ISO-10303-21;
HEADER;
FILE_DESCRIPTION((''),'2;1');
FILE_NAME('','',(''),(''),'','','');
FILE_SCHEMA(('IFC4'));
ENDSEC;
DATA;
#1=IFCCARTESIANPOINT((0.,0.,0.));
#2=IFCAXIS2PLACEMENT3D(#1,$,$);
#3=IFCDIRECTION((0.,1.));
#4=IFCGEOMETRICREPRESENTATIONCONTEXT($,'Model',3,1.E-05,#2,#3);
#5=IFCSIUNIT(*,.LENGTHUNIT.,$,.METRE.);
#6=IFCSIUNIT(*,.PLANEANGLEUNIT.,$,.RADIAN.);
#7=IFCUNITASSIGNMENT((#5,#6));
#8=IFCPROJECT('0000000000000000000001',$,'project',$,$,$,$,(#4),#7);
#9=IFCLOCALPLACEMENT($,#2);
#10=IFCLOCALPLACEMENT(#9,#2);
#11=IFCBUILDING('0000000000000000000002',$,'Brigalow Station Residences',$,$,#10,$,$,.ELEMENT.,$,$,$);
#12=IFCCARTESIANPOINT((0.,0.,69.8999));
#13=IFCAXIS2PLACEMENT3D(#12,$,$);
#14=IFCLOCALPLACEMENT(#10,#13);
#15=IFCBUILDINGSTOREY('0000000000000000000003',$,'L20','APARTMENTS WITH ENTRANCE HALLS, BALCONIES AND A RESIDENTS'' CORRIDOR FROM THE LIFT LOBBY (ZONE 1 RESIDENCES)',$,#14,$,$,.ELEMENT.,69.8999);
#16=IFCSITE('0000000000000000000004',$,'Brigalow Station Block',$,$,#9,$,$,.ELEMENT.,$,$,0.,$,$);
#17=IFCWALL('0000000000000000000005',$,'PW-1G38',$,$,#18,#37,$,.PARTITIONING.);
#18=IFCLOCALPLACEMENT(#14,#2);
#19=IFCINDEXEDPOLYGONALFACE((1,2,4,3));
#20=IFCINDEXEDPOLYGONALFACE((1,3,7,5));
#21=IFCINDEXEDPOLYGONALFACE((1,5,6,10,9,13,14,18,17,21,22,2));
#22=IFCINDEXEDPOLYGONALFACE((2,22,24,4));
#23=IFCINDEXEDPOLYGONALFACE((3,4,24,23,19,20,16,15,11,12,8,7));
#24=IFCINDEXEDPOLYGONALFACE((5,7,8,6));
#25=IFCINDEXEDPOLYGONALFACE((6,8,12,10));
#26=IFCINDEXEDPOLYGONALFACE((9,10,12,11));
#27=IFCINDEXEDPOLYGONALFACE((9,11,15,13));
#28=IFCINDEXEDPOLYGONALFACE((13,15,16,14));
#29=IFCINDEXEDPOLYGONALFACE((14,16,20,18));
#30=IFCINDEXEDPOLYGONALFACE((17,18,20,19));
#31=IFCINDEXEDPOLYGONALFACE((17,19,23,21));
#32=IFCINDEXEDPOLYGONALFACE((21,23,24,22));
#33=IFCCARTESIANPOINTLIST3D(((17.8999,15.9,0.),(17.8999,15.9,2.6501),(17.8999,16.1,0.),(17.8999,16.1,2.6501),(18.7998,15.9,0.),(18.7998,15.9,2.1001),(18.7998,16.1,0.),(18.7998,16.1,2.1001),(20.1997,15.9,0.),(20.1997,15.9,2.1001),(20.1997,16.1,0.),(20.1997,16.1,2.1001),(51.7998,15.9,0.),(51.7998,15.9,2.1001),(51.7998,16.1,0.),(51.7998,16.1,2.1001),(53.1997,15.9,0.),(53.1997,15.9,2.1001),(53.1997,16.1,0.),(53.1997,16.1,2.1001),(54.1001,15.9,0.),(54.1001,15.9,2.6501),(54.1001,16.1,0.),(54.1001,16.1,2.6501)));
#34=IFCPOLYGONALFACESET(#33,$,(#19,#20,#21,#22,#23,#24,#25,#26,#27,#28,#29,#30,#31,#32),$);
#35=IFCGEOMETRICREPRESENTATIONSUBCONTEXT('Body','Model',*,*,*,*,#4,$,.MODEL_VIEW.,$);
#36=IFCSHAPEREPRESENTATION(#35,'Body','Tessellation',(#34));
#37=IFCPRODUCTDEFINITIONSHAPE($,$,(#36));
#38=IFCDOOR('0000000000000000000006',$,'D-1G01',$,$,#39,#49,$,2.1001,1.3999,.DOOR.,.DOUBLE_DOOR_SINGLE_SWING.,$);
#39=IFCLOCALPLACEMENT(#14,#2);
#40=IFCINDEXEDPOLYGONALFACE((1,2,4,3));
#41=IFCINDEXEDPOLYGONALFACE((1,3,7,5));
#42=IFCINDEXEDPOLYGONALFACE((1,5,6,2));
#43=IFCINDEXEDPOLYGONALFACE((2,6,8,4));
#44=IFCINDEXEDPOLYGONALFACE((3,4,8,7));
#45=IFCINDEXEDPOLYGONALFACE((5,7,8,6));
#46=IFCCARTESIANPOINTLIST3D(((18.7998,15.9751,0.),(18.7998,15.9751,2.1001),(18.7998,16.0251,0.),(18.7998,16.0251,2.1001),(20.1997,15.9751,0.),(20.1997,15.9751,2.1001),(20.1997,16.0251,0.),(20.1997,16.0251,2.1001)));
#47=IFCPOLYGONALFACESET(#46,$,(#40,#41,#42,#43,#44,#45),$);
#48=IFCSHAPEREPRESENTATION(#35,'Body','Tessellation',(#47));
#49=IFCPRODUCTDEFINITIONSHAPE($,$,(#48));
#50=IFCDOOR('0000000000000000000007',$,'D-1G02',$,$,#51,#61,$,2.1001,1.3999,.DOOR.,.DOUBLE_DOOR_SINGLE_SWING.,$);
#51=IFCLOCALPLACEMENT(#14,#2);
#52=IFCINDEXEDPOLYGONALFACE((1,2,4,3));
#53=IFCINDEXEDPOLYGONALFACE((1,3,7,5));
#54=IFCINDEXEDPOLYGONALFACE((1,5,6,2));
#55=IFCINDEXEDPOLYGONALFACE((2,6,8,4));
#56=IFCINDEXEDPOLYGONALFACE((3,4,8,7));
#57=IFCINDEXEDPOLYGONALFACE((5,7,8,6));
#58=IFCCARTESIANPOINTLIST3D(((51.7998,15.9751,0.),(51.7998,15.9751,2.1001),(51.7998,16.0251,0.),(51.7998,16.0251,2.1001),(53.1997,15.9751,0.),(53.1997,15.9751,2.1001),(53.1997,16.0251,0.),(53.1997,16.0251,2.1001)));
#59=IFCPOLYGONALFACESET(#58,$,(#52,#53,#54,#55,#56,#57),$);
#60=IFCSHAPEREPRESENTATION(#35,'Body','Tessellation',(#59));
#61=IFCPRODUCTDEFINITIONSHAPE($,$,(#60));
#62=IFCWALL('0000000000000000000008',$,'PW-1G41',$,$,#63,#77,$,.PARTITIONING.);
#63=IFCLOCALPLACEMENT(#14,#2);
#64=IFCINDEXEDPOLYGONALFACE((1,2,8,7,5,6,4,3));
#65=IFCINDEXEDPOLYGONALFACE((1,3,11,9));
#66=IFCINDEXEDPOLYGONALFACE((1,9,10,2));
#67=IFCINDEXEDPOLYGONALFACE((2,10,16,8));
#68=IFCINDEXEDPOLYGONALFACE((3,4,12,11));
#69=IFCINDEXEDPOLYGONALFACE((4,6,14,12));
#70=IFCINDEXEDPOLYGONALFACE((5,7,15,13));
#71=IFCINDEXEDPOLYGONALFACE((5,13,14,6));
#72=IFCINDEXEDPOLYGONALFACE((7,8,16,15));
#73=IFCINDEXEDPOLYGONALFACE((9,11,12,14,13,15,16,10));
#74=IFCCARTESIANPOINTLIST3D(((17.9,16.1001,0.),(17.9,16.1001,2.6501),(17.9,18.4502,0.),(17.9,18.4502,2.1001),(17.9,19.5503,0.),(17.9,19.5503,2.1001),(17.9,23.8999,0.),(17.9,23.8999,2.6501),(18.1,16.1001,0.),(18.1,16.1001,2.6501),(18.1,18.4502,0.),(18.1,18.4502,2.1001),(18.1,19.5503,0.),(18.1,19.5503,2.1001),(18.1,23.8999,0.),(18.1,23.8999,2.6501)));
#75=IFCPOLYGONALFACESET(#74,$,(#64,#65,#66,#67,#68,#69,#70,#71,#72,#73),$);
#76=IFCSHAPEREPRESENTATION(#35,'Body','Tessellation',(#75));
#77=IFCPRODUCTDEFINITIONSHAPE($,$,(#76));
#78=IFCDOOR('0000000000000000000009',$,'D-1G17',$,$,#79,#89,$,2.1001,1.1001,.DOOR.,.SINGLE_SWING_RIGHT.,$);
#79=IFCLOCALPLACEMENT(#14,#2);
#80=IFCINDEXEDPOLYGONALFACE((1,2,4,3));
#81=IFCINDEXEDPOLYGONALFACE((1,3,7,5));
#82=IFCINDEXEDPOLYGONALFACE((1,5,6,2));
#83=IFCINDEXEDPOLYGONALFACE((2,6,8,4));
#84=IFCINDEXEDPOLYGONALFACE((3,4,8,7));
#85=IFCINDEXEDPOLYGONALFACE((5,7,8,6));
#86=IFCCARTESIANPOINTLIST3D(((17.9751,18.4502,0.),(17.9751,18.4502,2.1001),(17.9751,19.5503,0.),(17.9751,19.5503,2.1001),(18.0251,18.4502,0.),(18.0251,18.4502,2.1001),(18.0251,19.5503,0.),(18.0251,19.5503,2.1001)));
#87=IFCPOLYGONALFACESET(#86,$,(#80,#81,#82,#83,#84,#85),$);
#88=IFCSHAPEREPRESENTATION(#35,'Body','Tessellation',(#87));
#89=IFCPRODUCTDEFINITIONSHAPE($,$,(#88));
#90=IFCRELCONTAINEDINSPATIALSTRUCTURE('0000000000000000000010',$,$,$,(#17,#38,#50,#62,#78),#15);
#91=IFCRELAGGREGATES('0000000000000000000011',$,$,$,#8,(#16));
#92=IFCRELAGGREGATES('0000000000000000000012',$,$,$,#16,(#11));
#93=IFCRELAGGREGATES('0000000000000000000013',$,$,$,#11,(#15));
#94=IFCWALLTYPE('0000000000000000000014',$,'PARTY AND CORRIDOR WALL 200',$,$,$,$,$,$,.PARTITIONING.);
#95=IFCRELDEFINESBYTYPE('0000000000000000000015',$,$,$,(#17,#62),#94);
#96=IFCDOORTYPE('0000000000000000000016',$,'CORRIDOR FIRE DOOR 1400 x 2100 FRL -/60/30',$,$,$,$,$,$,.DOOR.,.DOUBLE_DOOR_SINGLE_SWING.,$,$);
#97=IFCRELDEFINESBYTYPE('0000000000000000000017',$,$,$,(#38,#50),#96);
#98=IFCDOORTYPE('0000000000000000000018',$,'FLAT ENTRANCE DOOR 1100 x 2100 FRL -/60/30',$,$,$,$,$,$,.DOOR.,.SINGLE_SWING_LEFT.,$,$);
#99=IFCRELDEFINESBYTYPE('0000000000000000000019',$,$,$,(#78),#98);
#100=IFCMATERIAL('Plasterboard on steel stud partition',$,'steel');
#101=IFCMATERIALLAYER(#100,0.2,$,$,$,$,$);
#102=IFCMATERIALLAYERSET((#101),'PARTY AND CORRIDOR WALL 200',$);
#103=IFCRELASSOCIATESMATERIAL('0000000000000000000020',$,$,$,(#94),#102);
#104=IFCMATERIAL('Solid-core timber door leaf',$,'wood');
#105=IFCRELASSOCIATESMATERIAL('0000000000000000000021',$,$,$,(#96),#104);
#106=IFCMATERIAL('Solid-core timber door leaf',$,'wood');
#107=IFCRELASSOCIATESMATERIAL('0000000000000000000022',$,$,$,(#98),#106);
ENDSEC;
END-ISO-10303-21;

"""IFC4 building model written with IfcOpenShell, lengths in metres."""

from ifc_helpers import new_model, si_unit, direction, frame, frame_2d, origin, place, context, subcontext, project, spatial, rectangle, extrude, material, layer, layer_set, type_object, element, fill, save


model = new_model("IFC4")

# Units and contexts
model_context = context("Model", 3, precision=1e-05, world=origin(), true_north=direction((0.0, 1.0)))
body_context = subcontext(model_context, "Body", "Model", "MODEL_VIEW")
ifc_project = project(units=[si_unit("LENGTHUNIT", "METRE"), si_unit("PLANEANGLEUNIT", "RADIAN")], contexts=[model_context])

# Site, building, storey
site_placement = place(None, origin())
site = spatial("IfcSite", under=ifc_project, at=site_placement, Name="Brigalow Station Block", CompositionType="ELEMENT", RefElevation=0.0)
building_placement = place(site_placement, origin())
building = spatial("IfcBuilding", under=site, at=building_placement, Name="Brigalow Station Residences", CompositionType="ELEMENT")
storey_placement = place(building_placement, frame((0.0, 0.0, 69.8999)))
storey = spatial("IfcBuildingStorey", under=building, at=storey_placement, Name="L20", Description="APARTMENTS WITH ENTRANCE HALLS, BALCONIES AND A RESIDENTS' CORRIDOR FROM THE LIFT LOBBY (ZONE 1 RESIDENCES)", CompositionType="ELEMENT", Elevation=69.8999)

# Wall, openings, doors
ifc_material_1 = material(Name="Plasterboard on steel stud partition", Category="steel")
ifc_layer_1 = layer(ifc_material_1, 0.2)
ifc_layer_set_1 = layer_set([ifc_layer_1], Name="PARTY AND CORRIDOR WALL 200")
wall_type_1 = type_object("IfcWallType", Name="PARTY AND CORRIDOR WALL 200", PredefinedType="PARTITIONING", material=ifc_layer_set_1)
wall_1_placement = place(storey_placement, frame((17.8999, 16.0, 0.0), z_axis=(0.0, 0.0, 1.0), x_axis=(1.0, 0.0, 0.0)))
wall_1 = element("IfcWall", 1, at=wall_1_placement, inside=storey, type_object=wall_type_1, Name="PW-1G38", PredefinedType="PARTITIONING", context=body_context, shape_type="SweptSolid", body=[
    extrude(rectangle(XDim=36.2002, YDim=0.2, at=frame_2d((18.1001, 0.0))), origin(), (0.0, 0.0, 1.0), 2.6501),
])
opening_1_placement = place(wall_1_placement, frame((0.8999, 0.0, 0.0)))
opening_1 = element("IfcOpeningElement", 2, at=opening_1_placement, cuts=wall_1, PredefinedType="OPENING", context=body_context, shape_type="SweptSolid", body=[
    extrude(rectangle(XDim=1.3999, YDim=2.1001, at=frame_2d((0.7, 1.05))), frame((0.0, 0.1099, 0.0), z_axis=(0.0, -1.0, 0.0), x_axis=(1.0, 0.0, 0.0)), (0.0, 0.0, 1.0), 0.22),
])
opening_2_placement = place(wall_1_placement, frame((33.8999, 0.0, 0.0)))
opening_2 = element("IfcOpeningElement", 3, at=opening_2_placement, cuts=wall_1, PredefinedType="OPENING", context=body_context, shape_type="SweptSolid", body=[
    extrude(rectangle(XDim=1.3999, YDim=2.1001, at=frame_2d((0.7, 1.05))), frame((0.0, 0.1099, 0.0), z_axis=(0.0, -1.0, 0.0), x_axis=(1.0, 0.0, 0.0)), (0.0, 0.0, 1.0), 0.22),
])
ifc_material_2 = material(Name="Solid-core timber door leaf", Category="wood")
door_type_1 = type_object("IfcDoorType", Name="CORRIDOR FIRE DOOR 1400 x 2100 FRL -/60/30", OperationType="DOUBLE_DOOR_SINGLE_SWING", PredefinedType="DOOR", material=ifc_material_2)
door_1_placement = place(opening_1_placement, frame((1.3999, 0.0, 0.0), z_axis=(0.0, 0.0, 1.0), x_axis=(-1.0, 0.0, 0.0)))
door_1 = element("IfcDoor", 4, at=door_1_placement, inside=storey, type_object=door_type_1, Name="D-1G01", OperationType="DOUBLE_DOOR_SINGLE_SWING", OverallHeight=2.1001, OverallWidth=1.3999, PredefinedType="DOOR", context=body_context, shape_type="SweptSolid", body=[
    extrude(rectangle(XDim=1.3999, YDim=2.1001, at=frame_2d((0.7, 1.05))), frame((0.0, 0.0249, 0.0), z_axis=(0.0, -1.0, 0.0), x_axis=(1.0, 0.0, 0.0)), (0.0, 0.0, 1.0), 0.05),
])
fill(opening_1, door_1)
door_2_placement = place(opening_2_placement, frame((1.3999, 0.0, 0.0), z_axis=(0.0, 0.0, 1.0), x_axis=(-1.0, 0.0, 0.0)))
door_2 = element("IfcDoor", 5, at=door_2_placement, inside=storey, type_object=door_type_1, Name="D-1G02", OperationType="DOUBLE_DOOR_SINGLE_SWING", OverallHeight=2.1001, OverallWidth=1.3999, PredefinedType="DOOR", context=body_context, shape_type="SweptSolid", body=[
    extrude(rectangle(XDim=1.3999, YDim=2.1001, at=frame_2d((0.7, 1.05))), frame((0.0, 0.0249, 0.0), z_axis=(0.0, -1.0, 0.0), x_axis=(1.0, 0.0, 0.0)), (0.0, 0.0, 1.0), 0.05),
])
fill(opening_2, door_2)

# Wall, opening, door
wall_2_placement = place(storey_placement, frame((18.0, 16.1001, 0.0), z_axis=(0.0, 0.0, 1.0), x_axis=(0.0, 1.0, 0.0)))
wall_2 = element("IfcWall", 6, at=wall_2_placement, inside=storey, type_object=wall_type_1, Name="PW-1G41", PredefinedType="PARTITIONING", context=body_context, shape_type="SweptSolid", body=[
    extrude(rectangle(XDim=7.7998, YDim=0.2, at=frame_2d((3.8999, 0.0))), origin(), (0.0, 0.0, 1.0), 2.6501),
])
opening_3_placement = place(wall_2_placement, frame((2.3501, 0.0, 0.0)))
opening_3 = element("IfcOpeningElement", 7, at=opening_3_placement, cuts=wall_2, PredefinedType="OPENING", context=body_context, shape_type="SweptSolid", body=[
    extrude(rectangle(XDim=1.1001, YDim=2.1001, at=frame_2d((0.55, 1.05))), frame((0.0, 0.1099, 0.0), z_axis=(0.0, -1.0, 0.0), x_axis=(1.0, 0.0, 0.0)), (0.0, 0.0, 1.0), 0.22),
])
ifc_material_3 = material(Name="Solid-core timber door leaf", Category="wood")
door_type_2 = type_object("IfcDoorType", Name="FLAT ENTRANCE DOOR 1100 x 2100 FRL -/60/30", OperationType="SINGLE_SWING_LEFT", PredefinedType="DOOR", material=ifc_material_3)
door_3_placement = place(opening_3_placement, origin())
door_3 = element("IfcDoor", 8, at=door_3_placement, inside=storey, type_object=door_type_2, Name="D-1G17", OperationType="SINGLE_SWING_RIGHT", OverallHeight=2.1001, OverallWidth=1.1001, PredefinedType="DOOR", context=body_context, shape_type="SweptSolid", body=[
    extrude(rectangle(XDim=1.1001, YDim=2.1001, at=frame_2d((0.55, 1.05))), frame((0.0, 0.0249, 0.0), z_axis=(0.0, -1.0, 0.0), x_axis=(1.0, 0.0, 0.0)), (0.0, 0.0, 1.0), 0.05),
])
fill(opening_3, door_3)

save(model, "model.ifc")
